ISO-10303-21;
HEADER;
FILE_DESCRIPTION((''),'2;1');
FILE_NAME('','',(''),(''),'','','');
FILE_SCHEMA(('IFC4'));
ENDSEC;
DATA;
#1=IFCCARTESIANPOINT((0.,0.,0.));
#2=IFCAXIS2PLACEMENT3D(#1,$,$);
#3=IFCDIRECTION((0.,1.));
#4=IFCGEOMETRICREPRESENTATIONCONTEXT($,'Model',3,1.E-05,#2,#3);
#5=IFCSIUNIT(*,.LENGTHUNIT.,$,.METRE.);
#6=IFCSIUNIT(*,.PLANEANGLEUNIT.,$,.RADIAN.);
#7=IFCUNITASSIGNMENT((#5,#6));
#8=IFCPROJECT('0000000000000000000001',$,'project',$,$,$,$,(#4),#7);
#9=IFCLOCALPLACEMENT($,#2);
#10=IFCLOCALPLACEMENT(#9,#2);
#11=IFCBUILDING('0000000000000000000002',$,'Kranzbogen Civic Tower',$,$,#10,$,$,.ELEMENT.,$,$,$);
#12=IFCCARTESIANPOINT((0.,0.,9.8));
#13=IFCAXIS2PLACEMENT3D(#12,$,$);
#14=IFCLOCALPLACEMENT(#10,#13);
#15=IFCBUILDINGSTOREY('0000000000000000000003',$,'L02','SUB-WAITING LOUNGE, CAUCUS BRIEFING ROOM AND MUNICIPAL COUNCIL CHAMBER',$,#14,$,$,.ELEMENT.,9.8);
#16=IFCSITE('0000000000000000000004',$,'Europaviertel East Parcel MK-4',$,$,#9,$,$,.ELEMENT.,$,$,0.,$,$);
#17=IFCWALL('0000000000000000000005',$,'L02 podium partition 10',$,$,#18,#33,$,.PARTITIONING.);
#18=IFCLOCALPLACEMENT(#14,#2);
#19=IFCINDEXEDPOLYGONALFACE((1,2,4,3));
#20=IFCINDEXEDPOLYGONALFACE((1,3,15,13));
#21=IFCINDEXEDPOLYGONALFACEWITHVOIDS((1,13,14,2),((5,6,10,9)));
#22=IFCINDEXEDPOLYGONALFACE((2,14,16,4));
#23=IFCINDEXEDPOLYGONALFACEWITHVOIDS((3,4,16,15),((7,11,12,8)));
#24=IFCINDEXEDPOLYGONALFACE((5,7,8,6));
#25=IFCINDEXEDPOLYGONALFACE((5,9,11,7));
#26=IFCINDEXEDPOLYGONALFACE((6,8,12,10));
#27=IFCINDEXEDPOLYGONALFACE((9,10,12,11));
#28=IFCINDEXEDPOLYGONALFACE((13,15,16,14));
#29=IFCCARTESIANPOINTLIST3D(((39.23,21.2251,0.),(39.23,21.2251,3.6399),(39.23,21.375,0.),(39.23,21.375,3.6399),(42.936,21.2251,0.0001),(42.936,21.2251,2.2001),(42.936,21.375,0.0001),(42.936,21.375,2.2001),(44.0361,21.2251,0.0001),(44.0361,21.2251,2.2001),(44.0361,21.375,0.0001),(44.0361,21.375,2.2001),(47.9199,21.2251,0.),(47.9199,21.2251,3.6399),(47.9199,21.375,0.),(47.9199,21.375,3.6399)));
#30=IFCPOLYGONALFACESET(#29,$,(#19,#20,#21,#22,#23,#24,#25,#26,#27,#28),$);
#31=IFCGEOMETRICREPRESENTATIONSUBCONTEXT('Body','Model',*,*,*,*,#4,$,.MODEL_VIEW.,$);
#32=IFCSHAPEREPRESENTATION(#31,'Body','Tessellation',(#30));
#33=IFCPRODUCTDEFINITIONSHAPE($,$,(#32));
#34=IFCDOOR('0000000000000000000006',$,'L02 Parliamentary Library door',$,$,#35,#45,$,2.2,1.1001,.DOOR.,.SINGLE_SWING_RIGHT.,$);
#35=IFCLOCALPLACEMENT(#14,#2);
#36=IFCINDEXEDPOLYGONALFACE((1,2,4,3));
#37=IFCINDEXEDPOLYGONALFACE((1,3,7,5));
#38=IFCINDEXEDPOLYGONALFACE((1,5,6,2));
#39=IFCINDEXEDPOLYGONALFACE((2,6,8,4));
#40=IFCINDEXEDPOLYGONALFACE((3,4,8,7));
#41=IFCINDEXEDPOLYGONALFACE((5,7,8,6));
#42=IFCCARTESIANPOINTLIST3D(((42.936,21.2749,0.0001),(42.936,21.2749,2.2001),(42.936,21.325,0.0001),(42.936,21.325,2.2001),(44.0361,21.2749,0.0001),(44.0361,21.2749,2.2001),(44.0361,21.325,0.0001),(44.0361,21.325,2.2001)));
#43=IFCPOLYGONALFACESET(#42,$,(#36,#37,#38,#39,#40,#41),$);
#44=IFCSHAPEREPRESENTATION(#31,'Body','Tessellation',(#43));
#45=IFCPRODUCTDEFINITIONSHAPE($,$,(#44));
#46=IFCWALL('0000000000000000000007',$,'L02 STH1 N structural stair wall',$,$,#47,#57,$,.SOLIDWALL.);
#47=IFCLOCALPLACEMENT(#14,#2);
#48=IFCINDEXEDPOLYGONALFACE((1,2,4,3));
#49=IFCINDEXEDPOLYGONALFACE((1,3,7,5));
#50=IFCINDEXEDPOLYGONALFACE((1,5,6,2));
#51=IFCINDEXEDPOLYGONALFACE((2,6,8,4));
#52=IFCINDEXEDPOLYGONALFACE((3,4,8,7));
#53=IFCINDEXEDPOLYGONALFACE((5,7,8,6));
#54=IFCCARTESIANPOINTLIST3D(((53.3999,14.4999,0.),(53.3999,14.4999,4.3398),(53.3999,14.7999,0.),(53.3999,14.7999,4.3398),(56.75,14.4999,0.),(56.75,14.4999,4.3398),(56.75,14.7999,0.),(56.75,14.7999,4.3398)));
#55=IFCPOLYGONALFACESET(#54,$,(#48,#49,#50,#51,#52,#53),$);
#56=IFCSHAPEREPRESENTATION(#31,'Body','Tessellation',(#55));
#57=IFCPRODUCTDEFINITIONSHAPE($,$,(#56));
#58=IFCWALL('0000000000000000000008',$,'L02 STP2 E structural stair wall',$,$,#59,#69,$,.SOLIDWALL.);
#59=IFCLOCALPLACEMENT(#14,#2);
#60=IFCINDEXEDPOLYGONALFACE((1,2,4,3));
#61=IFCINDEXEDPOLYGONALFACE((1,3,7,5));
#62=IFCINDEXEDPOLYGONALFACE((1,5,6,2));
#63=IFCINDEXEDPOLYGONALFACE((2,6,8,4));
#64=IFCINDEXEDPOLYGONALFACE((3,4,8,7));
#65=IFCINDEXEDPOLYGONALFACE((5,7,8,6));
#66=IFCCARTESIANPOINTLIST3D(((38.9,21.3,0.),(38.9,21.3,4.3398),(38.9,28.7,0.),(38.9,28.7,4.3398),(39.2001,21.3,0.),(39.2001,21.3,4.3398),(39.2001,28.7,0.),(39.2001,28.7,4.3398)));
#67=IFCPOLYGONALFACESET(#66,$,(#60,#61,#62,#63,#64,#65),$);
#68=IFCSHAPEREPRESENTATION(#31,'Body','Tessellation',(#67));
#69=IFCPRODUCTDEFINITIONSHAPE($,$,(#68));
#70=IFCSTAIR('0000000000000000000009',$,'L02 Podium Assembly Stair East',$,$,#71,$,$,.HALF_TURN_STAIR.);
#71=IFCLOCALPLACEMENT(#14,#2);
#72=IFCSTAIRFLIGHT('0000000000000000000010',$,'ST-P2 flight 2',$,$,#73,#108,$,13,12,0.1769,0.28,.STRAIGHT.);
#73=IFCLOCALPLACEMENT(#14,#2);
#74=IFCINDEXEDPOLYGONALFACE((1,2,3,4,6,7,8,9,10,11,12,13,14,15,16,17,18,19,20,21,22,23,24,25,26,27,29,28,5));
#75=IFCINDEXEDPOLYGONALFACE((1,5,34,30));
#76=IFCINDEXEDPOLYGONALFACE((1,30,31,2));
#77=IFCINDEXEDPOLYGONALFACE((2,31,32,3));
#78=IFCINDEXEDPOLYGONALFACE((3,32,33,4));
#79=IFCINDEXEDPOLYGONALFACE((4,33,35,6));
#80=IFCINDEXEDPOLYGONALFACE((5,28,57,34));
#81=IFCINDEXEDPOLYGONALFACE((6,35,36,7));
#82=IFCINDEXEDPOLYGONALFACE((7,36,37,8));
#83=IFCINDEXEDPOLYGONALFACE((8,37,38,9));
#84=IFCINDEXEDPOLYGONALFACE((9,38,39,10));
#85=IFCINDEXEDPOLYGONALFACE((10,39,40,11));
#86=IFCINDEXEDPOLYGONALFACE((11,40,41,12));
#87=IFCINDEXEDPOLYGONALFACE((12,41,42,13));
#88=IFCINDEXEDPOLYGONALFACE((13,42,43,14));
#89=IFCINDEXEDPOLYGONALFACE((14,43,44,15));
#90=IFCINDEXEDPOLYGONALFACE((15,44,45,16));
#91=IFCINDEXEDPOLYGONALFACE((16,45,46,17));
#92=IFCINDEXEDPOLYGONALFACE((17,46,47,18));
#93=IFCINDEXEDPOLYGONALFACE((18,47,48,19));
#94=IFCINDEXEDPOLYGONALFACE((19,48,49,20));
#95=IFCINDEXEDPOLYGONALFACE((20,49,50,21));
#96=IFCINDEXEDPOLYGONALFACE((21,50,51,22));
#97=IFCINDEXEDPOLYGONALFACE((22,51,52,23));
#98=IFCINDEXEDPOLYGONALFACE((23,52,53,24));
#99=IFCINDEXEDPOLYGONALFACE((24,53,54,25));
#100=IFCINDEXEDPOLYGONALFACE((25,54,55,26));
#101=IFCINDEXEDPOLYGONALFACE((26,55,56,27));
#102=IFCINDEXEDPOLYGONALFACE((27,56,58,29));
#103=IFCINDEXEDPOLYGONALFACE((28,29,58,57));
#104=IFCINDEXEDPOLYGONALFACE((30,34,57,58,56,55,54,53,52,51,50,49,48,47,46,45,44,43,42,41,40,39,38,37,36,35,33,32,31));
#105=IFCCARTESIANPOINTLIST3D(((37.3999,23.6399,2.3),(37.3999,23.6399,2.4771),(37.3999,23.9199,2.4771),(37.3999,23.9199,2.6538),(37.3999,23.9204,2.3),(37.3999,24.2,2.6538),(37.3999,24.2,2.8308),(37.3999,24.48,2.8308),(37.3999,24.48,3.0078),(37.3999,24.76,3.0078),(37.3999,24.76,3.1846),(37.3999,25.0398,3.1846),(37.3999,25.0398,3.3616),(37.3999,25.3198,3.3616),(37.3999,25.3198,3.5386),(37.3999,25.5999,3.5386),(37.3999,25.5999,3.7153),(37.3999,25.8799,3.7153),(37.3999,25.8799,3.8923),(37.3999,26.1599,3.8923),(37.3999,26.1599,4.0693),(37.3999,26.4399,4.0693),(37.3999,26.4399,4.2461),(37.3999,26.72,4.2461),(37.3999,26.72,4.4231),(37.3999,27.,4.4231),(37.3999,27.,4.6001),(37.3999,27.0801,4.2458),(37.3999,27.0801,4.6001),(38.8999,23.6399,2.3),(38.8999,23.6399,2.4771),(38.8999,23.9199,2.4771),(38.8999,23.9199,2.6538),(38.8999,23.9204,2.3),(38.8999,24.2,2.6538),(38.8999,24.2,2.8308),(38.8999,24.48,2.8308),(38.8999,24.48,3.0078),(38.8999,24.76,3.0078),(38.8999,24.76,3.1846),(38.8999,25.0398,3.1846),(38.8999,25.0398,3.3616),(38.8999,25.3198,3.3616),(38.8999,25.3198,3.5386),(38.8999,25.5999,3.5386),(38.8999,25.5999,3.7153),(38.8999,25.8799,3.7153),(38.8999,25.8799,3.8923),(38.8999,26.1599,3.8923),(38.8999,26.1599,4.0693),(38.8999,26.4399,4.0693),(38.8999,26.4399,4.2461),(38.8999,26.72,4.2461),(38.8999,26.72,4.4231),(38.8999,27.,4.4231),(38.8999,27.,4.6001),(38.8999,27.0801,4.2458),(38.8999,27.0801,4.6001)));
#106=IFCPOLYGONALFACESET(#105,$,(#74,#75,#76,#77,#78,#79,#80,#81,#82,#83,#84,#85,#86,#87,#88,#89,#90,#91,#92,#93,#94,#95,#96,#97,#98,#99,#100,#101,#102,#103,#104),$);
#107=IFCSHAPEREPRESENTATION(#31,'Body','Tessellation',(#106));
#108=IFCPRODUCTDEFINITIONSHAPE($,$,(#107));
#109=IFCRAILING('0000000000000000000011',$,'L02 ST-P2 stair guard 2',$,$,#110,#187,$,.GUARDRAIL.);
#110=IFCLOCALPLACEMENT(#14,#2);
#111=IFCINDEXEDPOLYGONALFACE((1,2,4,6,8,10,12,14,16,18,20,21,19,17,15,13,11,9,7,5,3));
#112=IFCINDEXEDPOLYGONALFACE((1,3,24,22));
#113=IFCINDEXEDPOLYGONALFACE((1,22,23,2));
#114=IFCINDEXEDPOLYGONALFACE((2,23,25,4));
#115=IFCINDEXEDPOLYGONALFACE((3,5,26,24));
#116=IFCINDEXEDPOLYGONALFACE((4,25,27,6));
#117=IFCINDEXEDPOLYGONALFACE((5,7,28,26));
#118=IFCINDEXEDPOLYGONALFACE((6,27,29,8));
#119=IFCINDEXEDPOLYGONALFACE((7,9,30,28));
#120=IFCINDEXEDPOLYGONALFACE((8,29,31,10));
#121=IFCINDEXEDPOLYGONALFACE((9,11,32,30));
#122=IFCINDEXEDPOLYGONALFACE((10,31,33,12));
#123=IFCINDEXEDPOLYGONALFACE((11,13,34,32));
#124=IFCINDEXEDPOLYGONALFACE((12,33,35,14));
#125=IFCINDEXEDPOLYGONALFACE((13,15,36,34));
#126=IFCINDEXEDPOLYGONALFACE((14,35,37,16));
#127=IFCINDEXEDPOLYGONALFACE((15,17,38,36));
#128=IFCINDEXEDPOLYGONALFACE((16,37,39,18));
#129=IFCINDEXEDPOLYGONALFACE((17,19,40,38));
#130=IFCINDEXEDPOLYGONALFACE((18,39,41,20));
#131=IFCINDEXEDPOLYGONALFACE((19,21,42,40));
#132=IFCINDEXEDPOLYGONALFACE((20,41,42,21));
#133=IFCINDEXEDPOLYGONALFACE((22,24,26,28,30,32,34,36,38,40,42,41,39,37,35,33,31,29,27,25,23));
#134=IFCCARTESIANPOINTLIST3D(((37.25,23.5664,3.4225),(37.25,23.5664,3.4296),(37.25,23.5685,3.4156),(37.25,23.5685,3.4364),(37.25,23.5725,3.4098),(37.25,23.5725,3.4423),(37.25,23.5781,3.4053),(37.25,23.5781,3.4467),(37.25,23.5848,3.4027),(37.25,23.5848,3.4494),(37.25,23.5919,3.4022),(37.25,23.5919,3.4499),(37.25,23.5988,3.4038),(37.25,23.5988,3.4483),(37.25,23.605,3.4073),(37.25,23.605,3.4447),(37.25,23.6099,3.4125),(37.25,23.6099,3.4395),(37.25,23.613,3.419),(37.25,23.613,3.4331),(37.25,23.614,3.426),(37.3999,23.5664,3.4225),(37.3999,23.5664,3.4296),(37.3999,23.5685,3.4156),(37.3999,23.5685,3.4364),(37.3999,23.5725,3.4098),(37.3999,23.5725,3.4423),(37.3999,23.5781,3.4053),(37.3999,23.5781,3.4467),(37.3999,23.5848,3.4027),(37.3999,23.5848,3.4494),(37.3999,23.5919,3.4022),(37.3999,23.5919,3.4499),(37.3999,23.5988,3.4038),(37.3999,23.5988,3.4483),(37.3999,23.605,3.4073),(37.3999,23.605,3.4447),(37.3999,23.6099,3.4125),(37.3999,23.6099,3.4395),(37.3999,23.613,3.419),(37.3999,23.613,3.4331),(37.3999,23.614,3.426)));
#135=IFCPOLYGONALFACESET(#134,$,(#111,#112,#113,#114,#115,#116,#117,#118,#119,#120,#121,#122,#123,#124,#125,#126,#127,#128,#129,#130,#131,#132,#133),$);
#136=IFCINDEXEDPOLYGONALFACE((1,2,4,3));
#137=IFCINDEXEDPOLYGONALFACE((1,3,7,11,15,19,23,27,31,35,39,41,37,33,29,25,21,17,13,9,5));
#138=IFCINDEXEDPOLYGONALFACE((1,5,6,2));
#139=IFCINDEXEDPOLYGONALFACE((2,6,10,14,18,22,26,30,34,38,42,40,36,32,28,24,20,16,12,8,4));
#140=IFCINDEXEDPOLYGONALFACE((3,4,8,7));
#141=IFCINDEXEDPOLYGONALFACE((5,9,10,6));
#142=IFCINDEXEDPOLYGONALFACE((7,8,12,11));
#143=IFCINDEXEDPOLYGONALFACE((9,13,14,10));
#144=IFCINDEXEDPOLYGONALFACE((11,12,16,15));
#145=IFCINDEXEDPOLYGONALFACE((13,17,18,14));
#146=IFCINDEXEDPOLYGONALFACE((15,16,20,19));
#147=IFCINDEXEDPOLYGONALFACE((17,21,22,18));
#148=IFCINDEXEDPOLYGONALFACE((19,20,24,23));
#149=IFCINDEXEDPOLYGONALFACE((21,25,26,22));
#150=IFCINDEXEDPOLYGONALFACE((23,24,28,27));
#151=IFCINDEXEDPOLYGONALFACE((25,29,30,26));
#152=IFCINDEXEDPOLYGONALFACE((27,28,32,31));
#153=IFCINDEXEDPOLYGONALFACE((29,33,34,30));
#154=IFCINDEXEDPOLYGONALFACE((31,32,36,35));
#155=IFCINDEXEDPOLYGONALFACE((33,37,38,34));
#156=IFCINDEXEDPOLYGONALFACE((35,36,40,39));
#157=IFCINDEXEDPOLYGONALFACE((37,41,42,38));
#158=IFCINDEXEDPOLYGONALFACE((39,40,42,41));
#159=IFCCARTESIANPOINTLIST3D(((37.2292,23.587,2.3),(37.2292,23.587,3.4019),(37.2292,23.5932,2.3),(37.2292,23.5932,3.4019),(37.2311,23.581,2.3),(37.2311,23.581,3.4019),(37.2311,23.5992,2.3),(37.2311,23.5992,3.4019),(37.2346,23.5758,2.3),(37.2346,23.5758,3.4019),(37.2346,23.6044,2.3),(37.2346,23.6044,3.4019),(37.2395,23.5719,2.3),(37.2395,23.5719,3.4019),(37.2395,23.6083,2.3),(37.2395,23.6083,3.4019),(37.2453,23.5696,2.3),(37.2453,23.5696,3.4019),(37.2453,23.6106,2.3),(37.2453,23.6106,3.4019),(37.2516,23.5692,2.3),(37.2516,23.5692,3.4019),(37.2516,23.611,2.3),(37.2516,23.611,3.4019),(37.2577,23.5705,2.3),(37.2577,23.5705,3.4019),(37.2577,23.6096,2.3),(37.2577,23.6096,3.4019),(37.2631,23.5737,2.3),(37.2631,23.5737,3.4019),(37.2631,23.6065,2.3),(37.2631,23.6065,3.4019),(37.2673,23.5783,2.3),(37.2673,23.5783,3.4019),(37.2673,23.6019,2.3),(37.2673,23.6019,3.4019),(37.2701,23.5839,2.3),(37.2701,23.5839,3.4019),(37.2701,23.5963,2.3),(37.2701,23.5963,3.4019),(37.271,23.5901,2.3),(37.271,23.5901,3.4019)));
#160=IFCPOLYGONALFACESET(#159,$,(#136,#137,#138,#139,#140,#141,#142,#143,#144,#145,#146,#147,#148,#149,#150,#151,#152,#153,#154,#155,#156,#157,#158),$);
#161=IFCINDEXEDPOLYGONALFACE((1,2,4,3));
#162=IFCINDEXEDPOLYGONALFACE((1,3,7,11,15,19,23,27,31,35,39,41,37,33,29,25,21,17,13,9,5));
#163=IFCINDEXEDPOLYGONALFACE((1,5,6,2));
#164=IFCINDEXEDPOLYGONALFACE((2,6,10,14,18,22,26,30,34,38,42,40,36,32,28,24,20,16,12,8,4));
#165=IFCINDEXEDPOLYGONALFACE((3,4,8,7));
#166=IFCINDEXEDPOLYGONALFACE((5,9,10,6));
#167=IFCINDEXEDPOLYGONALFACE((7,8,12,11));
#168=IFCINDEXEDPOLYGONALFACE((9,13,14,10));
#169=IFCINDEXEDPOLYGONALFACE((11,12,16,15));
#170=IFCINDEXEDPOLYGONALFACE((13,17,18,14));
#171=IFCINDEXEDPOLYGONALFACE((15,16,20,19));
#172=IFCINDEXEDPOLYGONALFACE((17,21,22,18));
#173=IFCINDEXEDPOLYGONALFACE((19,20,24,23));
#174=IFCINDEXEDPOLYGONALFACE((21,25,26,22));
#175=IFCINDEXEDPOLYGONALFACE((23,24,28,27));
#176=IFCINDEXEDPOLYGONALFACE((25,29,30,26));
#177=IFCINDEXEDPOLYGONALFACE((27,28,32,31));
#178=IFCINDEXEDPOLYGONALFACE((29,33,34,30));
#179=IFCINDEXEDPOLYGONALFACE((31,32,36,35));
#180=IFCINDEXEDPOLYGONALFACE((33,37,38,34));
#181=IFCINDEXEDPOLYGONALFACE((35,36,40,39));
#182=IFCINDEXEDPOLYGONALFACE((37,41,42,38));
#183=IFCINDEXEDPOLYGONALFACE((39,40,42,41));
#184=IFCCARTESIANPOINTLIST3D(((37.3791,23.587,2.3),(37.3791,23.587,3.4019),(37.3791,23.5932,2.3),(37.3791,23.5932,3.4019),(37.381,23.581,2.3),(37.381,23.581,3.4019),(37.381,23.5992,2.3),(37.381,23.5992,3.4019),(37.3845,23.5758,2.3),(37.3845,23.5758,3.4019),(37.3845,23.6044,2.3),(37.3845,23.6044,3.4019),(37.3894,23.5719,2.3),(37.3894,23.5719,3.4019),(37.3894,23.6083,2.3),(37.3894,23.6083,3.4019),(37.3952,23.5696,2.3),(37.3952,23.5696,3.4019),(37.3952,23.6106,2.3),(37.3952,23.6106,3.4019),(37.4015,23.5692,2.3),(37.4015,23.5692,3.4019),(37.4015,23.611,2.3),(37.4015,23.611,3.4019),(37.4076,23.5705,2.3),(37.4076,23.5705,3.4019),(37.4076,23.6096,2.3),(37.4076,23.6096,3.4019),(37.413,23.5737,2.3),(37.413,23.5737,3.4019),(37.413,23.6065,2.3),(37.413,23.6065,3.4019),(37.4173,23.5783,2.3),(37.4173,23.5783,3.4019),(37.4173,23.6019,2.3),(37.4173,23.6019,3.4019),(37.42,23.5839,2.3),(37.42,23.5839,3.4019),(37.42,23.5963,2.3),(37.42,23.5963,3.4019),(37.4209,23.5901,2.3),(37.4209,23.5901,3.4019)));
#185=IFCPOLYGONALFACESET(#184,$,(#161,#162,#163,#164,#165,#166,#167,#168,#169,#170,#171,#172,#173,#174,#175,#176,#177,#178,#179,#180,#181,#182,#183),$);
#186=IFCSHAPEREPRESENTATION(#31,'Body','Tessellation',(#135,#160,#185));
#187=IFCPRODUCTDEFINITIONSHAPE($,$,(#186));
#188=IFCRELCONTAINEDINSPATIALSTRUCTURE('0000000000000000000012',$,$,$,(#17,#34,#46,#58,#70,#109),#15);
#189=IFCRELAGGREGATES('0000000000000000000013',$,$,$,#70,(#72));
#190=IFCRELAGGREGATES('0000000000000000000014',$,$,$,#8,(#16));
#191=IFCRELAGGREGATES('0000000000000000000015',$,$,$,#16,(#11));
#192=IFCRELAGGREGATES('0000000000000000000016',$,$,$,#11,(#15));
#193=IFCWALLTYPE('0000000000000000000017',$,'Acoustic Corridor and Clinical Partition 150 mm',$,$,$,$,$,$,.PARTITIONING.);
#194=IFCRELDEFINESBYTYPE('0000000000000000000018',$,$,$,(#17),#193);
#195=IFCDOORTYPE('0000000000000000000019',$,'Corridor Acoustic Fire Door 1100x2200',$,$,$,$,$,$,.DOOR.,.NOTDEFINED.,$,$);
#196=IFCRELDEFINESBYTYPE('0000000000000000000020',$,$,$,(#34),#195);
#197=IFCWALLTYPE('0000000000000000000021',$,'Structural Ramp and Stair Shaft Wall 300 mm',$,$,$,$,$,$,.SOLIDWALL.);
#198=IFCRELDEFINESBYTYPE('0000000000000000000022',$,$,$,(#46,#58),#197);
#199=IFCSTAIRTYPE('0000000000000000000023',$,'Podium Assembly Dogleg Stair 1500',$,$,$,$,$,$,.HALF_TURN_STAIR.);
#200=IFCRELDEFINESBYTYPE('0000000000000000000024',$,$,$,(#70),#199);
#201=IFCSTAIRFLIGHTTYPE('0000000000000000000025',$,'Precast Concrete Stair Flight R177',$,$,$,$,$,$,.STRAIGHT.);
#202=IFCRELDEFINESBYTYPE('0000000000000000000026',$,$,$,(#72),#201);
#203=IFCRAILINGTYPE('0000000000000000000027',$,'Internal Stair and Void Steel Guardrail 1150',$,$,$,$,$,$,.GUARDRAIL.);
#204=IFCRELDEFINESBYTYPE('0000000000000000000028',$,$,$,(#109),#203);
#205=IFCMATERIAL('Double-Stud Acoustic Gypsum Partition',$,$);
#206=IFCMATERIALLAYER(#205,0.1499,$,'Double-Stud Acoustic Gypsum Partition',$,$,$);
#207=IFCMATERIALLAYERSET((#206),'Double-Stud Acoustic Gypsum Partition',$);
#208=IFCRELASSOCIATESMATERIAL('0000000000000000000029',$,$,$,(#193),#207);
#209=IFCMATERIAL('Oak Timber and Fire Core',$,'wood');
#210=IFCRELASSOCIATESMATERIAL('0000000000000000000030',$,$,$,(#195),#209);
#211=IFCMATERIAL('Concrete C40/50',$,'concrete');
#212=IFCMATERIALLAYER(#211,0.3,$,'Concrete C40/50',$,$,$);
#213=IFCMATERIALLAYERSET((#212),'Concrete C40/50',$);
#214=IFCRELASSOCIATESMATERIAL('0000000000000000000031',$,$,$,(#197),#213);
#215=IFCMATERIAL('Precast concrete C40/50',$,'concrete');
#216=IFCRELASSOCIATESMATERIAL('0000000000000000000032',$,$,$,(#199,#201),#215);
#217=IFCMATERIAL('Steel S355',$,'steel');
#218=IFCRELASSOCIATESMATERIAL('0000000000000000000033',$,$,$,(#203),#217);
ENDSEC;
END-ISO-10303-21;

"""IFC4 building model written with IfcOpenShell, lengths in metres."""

from ifc_helpers import new_model, si_unit, direction, frame, frame_2d, origin, origin_2d, place, context, subcontext, project, spatial, polyline, rectangle, circle, outline, extrude, material, layer, layer_set, type_object, element, fill, aggregate, save


model = new_model("IFC4")

# Units and contexts
model_context = context("Model", 3, precision=1e-05, world=origin(), true_north=direction((0.0, 1.0)))
body_context = subcontext(model_context, "Body", "Model", "MODEL_VIEW")
ifc_project = project(units=[si_unit("LENGTHUNIT", "METRE"), si_unit("PLANEANGLEUNIT", "RADIAN")], contexts=[model_context])

# Site, building, storey
site_placement = place(None, origin())
site = spatial("IfcSite", under=ifc_project, at=site_placement, Name="Europaviertel East Parcel MK-4", CompositionType="ELEMENT", RefElevation=0.0)
building_placement = place(site_placement, origin())
building = spatial("IfcBuilding", under=site, at=building_placement, Name="Kranzbogen Civic Tower", CompositionType="ELEMENT")
storey_placement = place(building_placement, frame((0.0, 0.0, 9.8)))
storey = spatial("IfcBuildingStorey", under=building, at=storey_placement, Name="L02", Description="SUB-WAITING LOUNGE, CAUCUS BRIEFING ROOM AND MUNICIPAL COUNCIL CHAMBER", CompositionType="ELEMENT", Elevation=9.8)

# Shared definitions
ifc_material_1 = material(Name="Concrete C40/50", Category="concrete")

# Shared definitions
ifc_material_2 = material(Name="Steel S355", Category="steel")

# Wall, opening, door
ifc_material_3 = material(Name="Double-Stud Acoustic Gypsum Partition")
ifc_layer_1 = layer(ifc_material_3, 0.1499, Name="Double-Stud Acoustic Gypsum Partition")
ifc_layer_set_1 = layer_set([ifc_layer_1], Name="Double-Stud Acoustic Gypsum Partition")
wall_type_1 = type_object("IfcWallType", Name="Acoustic Corridor and Clinical Partition 150 mm", PredefinedType="PARTITIONING", material=ifc_layer_set_1)
wall_1_placement = place(storey_placement, frame((39.23, 21.3, 0.0), z_axis=(0.0, 0.0, 1.0), x_axis=(1.0, 0.0, 0.0)))
wall_1 = element("IfcWall", 1, at=wall_1_placement, inside=storey, type_object=wall_type_1, Name="L02 podium partition 10", PredefinedType="PARTITIONING", context=body_context, shape_type="SweptSolid", body=[
    extrude(rectangle(XDim=8.6899, YDim=0.1499, at=frame_2d((4.345, 0.0))), origin(), (0.0, 0.0, 1.0), 3.6399),
])
opening_placement = place(wall_1_placement, frame((3.7061, 0.0, 0.0)))
opening = element("IfcOpeningElement", 2, at=opening_placement, cuts=wall_1, PredefinedType="OPENING", context=body_context, shape_type="SweptSolid", body=[
    extrude(rectangle(XDim=1.1001, YDim=2.2, at=frame_2d((0.55, 1.1001))), frame((0.0, 0.085, 0.0), z_axis=(0.0, -1.0, 0.0), x_axis=(1.0, 0.0, 0.0)), (0.0, 0.0, 1.0), 0.1699),
])
ifc_material_4 = material(Name="Oak Timber and Fire Core", Category="wood")
door_type = type_object("IfcDoorType", Name="Corridor Acoustic Fire Door 1100x2200", OperationType="NOTDEFINED", PredefinedType="DOOR", material=ifc_material_4)
door_placement = place(opening_placement, origin())
door = element("IfcDoor", 3, at=door_placement, inside=storey, type_object=door_type, Name="L02 Parliamentary Library door", OperationType="SINGLE_SWING_RIGHT", OverallHeight=2.2, OverallWidth=1.1001, PredefinedType="DOOR", context=body_context, shape_type="SweptSolid", body=[
    extrude(rectangle(XDim=1.1001, YDim=2.2, at=frame_2d((0.55, 1.1001))), frame((0.0, 0.0249, 0.0), z_axis=(0.0, -1.0, 0.0), x_axis=(1.0, 0.0, 0.0)), (0.0, 0.0, 1.0), 0.05),
])
fill(opening, door)

# Walls
ifc_layer_2 = layer(ifc_material_1, 0.3, Name="Concrete C40/50")
ifc_layer_set_2 = layer_set([ifc_layer_2], Name="Concrete C40/50")
wall_type_2 = type_object("IfcWallType", Name="Structural Ramp and Stair Shaft Wall 300 mm", PredefinedType="SOLIDWALL", material=ifc_layer_set_2)
wall_2_placement = place(storey_placement, frame((53.3999, 14.6499, 0.0), z_axis=(0.0, 0.0, 1.0), x_axis=(1.0, 0.0, 0.0)))
element("IfcWall", 4, at=wall_2_placement, inside=storey, type_object=wall_type_2, Name="L02 STH1 N structural stair wall", PredefinedType="SOLIDWALL", context=body_context, shape_type="SweptSolid", body=[
    extrude(rectangle(XDim=3.3501, YDim=0.3, at=frame_2d((1.675, 0.0))), origin(), (0.0, 0.0, 1.0), 4.3398),
])
wall_3_placement = place(storey_placement, frame((39.05, 21.3, 0.0), z_axis=(0.0, 0.0, 1.0), x_axis=(0.0, 1.0, 0.0)))
element("IfcWall", 5, at=wall_3_placement, inside=storey, type_object=wall_type_2, Name="L02 STP2 E structural stair wall", PredefinedType="SOLIDWALL", context=body_context, shape_type="SweptSolid", body=[
    extrude(rectangle(XDim=7.3999, YDim=0.3, at=frame_2d((3.7, 0.0))), origin(), (0.0, 0.0, 1.0), 4.3398),
])

# Stair, stair flight
ifc_material_5 = material(Name="Precast concrete C40/50", Category="concrete")
stair_type = type_object("IfcStairType", Name="Podium Assembly Dogleg Stair 1500", PredefinedType="HALF_TURN_STAIR", material=ifc_material_5)
stair_placement = place(storey_placement, origin())
stair = element("IfcStair", 6, at=stair_placement, inside=storey, type_object=stair_type, Name="L02 Podium Assembly Stair East", PredefinedType="HALF_TURN_STAIR")
stair_flight_type = type_object("IfcStairFlightType", Name="Precast Concrete Stair Flight R177", PredefinedType="STRAIGHT", material=ifc_material_5)
stair_flight_placement = place(storey_placement, frame((38.1499, 23.6399, 2.3), z_axis=(0.0, 0.0, 1.0), x_axis=(0.0, 1.0, 0.0)))
stair_flight = element("IfcStairFlight", 7, at=stair_flight_placement, type_object=stair_flight_type, Name="ST-P2 flight 2", NumberOfRisers=13, NumberOfTreads=12, PredefinedType="STRAIGHT", RiserHeight=0.1769, TreadLength=0.28, context=body_context, shape_type="SweptSolid", body=[
    extrude(outline(polyline([(0.0, 0.0), (0.0, 0.177), (0.28, 0.177), (0.28, 0.3538), (0.5601, 0.3538), (0.5601, 0.5308), (0.8401, 0.5308), (0.8401, 0.7078), (1.1201, 0.7078), (1.1201, 0.8845), (1.3999, 0.8845), (1.3999, 1.0615), (1.6799, 1.0615), (1.6799, 1.2385), (1.96, 1.2385), (1.96, 1.4153), (2.24, 1.4153), (2.24, 1.5923), (2.52, 1.5923), (2.52, 1.7693), (2.8, 1.7693), (2.8, 1.946), (3.0801, 1.946), (3.0801, 2.123), (3.3601, 2.123), (3.3601, 2.3), (3.4402, 2.3), (3.4402, 1.9458), (0.2805, 0.0), (0.0, 0.0)])), frame((0.0, 0.75, 0.0), z_axis=(0.0, -1.0, 0.0), x_axis=(1.0, 0.0, 0.0)), (0.0, 0.0, 1.0), 1.5),
])
aggregate(stair, [stair_flight])

# Railing
railing_type_1 = type_object("IfcRailingType", Name="Internal Stair and Void Steel Guardrail 1150", PredefinedType="GUARDRAIL", material=ifc_material_2)
railing_1_placement = place(storey_placement, frame((37.25, 23.5901, 2.3)))
element("IfcRailing", 8, at=railing_1_placement, inside=storey, type_object=railing_type_1, Name="L02 ST-P2 stair guard 2", PredefinedType="GUARDRAIL", context=body_context, shape_type="SweptSolid", body=[
    extrude(circle(Radius=0.0239, at=origin_2d()), frame((0.0, 0.0, 1.126), z_axis=(1.0, 0.0, 0.0), x_axis=(0.0, 1.0, 0.0)), (0.0, 0.0, 1.0), 0.1499),
    extrude(circle(Radius=0.021, at=origin_2d()), origin(), (0.0, 0.0, 1.0), 1.1018),
    extrude(circle(Radius=0.021, at=origin_2d()), frame((0.1499, 0.0, 0.0)), (0.0, 0.0, 1.0), 1.1018),
])

save(model, "model.ifc")
